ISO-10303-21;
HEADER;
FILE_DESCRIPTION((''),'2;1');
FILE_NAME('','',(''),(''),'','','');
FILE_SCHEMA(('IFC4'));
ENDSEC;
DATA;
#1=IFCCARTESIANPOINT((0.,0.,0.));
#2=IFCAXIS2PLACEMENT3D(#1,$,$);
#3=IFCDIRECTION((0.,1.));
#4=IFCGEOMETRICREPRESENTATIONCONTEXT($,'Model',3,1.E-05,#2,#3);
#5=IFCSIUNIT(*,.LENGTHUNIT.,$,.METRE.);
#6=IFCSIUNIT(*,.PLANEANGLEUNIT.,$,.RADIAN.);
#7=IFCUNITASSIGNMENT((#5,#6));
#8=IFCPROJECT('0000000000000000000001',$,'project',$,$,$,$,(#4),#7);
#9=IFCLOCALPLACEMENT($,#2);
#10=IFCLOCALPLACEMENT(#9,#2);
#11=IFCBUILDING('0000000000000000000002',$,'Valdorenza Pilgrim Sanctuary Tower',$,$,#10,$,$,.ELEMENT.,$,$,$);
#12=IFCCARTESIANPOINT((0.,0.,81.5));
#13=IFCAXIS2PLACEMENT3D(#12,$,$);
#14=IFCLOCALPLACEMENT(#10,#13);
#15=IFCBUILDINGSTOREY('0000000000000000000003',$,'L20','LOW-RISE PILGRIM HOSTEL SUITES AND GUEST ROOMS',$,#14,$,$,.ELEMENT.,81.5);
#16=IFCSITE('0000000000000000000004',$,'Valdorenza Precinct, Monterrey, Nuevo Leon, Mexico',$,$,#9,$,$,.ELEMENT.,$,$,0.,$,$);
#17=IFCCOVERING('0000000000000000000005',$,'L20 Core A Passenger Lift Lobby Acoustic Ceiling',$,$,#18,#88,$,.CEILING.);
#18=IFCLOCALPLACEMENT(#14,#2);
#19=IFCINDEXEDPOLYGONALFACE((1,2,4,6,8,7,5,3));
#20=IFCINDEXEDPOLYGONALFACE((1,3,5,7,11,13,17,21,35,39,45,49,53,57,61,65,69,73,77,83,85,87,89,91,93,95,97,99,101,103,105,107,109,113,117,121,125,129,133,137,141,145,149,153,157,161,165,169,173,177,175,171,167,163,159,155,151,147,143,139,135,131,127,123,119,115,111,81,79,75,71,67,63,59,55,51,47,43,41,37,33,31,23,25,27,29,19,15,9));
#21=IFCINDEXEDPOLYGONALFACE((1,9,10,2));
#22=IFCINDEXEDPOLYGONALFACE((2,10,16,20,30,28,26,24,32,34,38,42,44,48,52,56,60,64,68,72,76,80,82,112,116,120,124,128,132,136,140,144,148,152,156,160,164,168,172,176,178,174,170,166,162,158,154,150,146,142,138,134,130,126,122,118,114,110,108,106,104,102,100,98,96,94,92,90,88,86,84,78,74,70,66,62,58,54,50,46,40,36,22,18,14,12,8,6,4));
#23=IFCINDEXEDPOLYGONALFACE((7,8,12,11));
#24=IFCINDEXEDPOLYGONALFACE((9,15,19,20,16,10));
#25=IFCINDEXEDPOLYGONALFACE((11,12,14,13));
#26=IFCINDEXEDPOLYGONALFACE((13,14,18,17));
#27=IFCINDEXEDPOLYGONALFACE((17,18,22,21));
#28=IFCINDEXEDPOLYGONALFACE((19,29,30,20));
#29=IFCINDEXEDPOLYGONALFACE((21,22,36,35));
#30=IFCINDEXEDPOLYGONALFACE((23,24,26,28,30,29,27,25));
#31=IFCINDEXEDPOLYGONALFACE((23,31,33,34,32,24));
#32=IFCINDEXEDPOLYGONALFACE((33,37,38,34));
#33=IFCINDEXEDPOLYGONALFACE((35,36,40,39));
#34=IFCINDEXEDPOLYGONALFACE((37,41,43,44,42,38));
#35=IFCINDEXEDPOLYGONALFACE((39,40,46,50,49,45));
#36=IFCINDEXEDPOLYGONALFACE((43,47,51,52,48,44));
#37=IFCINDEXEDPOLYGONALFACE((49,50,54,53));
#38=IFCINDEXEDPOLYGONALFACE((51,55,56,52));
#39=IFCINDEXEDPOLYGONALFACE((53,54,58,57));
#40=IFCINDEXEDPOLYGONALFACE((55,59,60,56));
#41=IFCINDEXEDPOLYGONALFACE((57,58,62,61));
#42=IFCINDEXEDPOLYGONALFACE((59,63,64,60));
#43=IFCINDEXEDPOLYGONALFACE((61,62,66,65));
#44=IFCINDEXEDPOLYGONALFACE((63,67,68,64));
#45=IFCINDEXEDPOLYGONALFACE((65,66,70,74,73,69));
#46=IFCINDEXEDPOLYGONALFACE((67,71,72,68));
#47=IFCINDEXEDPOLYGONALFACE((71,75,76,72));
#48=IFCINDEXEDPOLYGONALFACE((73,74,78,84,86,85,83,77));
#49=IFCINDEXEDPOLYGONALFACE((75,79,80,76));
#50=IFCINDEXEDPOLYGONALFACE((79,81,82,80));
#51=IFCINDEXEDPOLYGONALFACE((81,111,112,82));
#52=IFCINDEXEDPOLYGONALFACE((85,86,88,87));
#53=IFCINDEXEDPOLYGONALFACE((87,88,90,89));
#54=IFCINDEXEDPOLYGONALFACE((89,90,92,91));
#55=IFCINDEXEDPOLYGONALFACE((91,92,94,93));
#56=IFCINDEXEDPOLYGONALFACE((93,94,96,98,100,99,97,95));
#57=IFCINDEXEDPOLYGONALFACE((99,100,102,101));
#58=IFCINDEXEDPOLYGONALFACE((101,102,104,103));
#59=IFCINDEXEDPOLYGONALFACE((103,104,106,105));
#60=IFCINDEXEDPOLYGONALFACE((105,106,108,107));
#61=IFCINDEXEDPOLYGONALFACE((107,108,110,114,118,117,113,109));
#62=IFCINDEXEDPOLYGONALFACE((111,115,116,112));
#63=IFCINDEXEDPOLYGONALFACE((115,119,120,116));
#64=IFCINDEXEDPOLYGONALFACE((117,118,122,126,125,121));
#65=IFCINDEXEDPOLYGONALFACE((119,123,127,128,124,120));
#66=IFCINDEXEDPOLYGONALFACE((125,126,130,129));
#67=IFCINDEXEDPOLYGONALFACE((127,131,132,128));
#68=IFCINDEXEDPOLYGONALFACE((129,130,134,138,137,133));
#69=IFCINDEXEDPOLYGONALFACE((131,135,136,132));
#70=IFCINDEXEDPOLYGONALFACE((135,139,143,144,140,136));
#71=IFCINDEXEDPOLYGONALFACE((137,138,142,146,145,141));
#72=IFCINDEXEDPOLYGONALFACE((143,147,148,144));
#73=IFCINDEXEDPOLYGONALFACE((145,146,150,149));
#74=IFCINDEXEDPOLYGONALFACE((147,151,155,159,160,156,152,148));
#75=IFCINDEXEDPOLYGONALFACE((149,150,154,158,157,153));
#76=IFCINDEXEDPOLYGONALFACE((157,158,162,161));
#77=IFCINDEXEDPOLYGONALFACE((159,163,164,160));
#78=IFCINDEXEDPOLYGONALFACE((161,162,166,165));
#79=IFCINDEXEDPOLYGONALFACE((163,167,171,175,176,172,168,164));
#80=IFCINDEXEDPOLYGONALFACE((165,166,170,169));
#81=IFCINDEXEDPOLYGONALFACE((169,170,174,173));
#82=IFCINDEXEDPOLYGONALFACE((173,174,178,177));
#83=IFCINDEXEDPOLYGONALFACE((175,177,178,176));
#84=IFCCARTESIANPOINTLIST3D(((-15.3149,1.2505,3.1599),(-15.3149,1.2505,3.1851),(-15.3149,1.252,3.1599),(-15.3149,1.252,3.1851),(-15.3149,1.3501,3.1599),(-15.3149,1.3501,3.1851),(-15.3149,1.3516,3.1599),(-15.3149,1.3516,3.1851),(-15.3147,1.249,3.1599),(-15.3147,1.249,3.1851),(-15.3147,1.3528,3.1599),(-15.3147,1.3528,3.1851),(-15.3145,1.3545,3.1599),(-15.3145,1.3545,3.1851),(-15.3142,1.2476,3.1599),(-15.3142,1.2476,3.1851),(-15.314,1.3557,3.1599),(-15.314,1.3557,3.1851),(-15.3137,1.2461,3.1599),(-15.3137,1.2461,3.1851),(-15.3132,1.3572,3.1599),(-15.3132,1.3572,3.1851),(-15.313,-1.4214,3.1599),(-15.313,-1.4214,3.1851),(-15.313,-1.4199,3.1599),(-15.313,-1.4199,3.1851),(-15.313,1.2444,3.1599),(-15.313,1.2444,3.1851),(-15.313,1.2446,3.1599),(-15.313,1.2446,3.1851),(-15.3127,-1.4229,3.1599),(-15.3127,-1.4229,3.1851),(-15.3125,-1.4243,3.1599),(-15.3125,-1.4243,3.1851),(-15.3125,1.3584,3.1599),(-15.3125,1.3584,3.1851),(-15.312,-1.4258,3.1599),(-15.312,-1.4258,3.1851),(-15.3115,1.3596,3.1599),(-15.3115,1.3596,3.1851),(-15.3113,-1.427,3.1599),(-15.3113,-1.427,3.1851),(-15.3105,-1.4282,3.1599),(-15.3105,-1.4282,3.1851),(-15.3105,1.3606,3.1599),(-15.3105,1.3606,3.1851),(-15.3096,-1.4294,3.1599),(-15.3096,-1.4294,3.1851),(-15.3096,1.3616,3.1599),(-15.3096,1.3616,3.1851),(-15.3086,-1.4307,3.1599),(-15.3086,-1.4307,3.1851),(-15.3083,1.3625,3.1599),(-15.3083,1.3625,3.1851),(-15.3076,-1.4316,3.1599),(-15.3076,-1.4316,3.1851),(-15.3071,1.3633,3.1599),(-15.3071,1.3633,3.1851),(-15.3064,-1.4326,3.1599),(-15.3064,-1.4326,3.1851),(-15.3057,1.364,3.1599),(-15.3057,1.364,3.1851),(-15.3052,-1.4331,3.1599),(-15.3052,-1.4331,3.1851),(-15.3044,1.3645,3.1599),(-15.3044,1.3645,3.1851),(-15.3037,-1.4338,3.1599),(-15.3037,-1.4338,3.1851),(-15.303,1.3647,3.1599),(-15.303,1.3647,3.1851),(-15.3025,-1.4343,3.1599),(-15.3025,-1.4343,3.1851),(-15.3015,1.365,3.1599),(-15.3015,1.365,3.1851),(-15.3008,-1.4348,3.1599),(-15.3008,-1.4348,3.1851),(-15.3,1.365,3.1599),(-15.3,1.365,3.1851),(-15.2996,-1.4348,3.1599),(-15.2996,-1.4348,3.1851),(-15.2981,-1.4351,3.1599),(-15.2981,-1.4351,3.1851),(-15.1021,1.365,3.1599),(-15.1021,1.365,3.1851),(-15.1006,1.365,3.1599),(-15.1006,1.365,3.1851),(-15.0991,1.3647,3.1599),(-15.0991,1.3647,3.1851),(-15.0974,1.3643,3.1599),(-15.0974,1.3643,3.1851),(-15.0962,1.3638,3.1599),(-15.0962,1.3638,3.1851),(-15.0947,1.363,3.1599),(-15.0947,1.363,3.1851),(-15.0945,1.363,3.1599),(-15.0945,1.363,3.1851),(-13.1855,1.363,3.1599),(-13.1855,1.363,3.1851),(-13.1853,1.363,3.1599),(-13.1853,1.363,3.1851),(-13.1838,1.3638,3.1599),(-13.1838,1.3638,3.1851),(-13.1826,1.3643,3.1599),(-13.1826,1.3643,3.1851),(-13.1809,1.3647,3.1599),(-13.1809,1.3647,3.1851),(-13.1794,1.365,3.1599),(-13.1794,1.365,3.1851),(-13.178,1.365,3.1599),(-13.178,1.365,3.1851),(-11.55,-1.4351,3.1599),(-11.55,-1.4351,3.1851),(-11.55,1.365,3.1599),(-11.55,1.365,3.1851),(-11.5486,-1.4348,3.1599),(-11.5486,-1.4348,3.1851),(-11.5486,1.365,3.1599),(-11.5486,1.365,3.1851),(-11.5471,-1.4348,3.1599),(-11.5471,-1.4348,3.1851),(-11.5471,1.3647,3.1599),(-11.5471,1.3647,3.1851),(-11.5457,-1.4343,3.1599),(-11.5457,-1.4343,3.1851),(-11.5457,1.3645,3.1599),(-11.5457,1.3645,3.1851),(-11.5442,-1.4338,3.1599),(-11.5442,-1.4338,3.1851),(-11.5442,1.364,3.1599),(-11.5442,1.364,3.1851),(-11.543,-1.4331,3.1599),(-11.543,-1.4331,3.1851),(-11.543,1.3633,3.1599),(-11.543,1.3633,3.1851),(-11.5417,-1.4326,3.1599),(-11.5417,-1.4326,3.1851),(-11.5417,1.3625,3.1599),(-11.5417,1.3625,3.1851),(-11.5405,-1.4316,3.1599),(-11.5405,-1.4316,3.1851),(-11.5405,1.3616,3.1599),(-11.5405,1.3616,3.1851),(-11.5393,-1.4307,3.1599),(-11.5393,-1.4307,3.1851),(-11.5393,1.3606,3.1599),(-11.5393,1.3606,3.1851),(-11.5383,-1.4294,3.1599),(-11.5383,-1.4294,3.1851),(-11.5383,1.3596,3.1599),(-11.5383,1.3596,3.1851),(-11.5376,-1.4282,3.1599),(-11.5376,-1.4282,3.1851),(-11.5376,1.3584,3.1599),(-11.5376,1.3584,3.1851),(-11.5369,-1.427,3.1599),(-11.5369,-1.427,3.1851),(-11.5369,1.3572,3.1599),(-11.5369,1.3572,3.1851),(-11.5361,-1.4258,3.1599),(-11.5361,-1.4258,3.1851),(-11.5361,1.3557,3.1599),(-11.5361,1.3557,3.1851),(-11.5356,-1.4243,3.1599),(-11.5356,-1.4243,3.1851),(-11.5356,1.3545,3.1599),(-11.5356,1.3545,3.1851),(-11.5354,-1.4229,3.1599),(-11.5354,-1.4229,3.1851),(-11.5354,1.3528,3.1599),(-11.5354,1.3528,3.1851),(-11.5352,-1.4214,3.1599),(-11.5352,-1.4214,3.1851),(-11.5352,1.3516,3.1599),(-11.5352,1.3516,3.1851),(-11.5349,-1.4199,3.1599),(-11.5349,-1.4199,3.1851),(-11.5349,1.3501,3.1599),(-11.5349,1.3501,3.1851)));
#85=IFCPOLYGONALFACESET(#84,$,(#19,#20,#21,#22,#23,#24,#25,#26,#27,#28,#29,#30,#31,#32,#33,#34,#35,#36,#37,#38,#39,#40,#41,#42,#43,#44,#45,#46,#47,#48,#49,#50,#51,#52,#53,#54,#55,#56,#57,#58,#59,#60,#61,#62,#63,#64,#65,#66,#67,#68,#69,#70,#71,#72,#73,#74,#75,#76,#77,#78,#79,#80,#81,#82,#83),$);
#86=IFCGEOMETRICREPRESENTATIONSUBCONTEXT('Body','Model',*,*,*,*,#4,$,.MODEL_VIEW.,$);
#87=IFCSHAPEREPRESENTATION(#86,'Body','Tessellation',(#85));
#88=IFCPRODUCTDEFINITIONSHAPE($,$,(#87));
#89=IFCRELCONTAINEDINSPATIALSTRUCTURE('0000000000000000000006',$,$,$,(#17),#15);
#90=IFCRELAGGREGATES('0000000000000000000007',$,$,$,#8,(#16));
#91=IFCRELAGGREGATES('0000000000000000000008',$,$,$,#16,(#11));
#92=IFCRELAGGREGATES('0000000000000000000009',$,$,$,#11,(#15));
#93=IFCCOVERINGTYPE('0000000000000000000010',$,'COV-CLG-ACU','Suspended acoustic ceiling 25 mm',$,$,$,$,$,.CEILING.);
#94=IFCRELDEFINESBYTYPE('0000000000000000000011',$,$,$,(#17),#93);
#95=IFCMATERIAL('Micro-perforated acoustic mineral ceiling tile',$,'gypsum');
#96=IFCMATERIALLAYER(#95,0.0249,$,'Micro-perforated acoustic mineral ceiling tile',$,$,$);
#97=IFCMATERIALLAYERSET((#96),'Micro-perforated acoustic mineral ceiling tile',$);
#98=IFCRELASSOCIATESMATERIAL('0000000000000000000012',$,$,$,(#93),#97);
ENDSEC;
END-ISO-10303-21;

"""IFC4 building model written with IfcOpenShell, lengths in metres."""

from ifc_helpers import new_model, si_unit, direction, frame, origin, place, context, subcontext, project, spatial, polyline, outline, extrude, material, layer, layer_set, type_object, element, save


model = new_model("IFC4")

# Units and contexts
model_context = context("Model", 3, precision=1e-05, world=origin(), true_north=direction((0.0, 1.0)))
body_context = subcontext(model_context, "Body", "Model", "MODEL_VIEW")
ifc_project = project(units=[si_unit("LENGTHUNIT", "METRE"), si_unit("PLANEANGLEUNIT", "RADIAN")], contexts=[model_context])

# Site, building, storey
site_placement = place(None, origin())
site = spatial("IfcSite", under=ifc_project, at=site_placement, Name="Valdorenza Precinct, Monterrey, Nuevo Leon, Mexico", CompositionType="ELEMENT", RefElevation=0.0)
building_placement = place(site_placement, origin())
building = spatial("IfcBuilding", under=site, at=building_placement, Name="Valdorenza Pilgrim Sanctuary Tower", CompositionType="ELEMENT")
storey_placement = place(building_placement, frame((0.0, 0.0, 81.5)))
storey = spatial("IfcBuildingStorey", under=building, at=storey_placement, Name="L20", Description="LOW-RISE PILGRIM HOSTEL SUITES AND GUEST ROOMS", CompositionType="ELEMENT", Elevation=81.5)

# Covering
ifc_material_1 = material(Name="Micro-perforated acoustic mineral ceiling tile", Category="gypsum")
ifc_layer_1 = layer(ifc_material_1, 0.0249, Name="Micro-perforated acoustic mineral ceiling tile")
ifc_layer_set_1 = layer_set([ifc_layer_1], Name="Micro-perforated acoustic mineral ceiling tile")
covering_type_1 = type_object("IfcCoveringType", Name="COV-CLG-ACU", Description="Suspended acoustic ceiling 25 mm", PredefinedType="CEILING", material=ifc_layer_set_1)
covering_1_placement = place(storey_placement, frame((0.0, 0.0, 3.1599)))
element("IfcCovering", 1, at=covering_1_placement, inside=storey, type_object=covering_type_1, Name="L20 Core A Passenger Lift Lobby Acoustic Ceiling", PredefinedType="CEILING", context=body_context, shape_type="SweptSolid", body=[
    extrude(outline(polyline([(-15.313, 1.2444), (-15.313, 1.2446), (-15.3137, 1.2461), (-15.3142, 1.2476), (-15.3147, 1.249), (-15.3149, 1.2505), (-15.3149, 1.252), (-15.3149, 1.3501), (-15.3149, 1.3516), (-15.3147, 1.3528), (-15.3145, 1.3545), (-15.314, 1.3557), (-15.3132, 1.3572), (-15.3125, 1.3584), (-15.3115, 1.3596), (-15.3105, 1.3606), (-15.3096, 1.3616), (-15.3083, 1.3625), (-15.3071, 1.3633), (-15.3057, 1.364), (-15.3044, 1.3645), (-15.303, 1.3647), (-15.3015, 1.365), (-15.3, 1.365), (-15.1021, 1.365), (-15.1006, 1.365), (-15.0991, 1.3647), (-15.0974, 1.3643), (-15.0962, 1.3638), (-15.0947, 1.363), (-15.0945, 1.363), (-13.1855, 1.363), (-13.1853, 1.363), (-13.1838, 1.3638), (-13.1826, 1.3643), (-13.1809, 1.3647), (-13.1794, 1.365), (-13.178, 1.365), (-11.55, 1.365), (-11.5486, 1.365), (-11.5471, 1.3647), (-11.5457, 1.3645), (-11.5442, 1.364), (-11.543, 1.3633), (-11.5417, 1.3625), (-11.5405, 1.3616), (-11.5393, 1.3606), (-11.5383, 1.3596), (-11.5376, 1.3584), (-11.5369, 1.3572), (-11.5361, 1.3557), (-11.5356, 1.3545), (-11.5354, 1.3528), (-11.5352, 1.3516), (-11.5349, 1.3501), (-11.5349, -1.4199), (-11.5352, -1.4214), (-11.5354, -1.4229), (-11.5356, -1.4243), (-11.5361, -1.4258), (-11.5369, -1.427), (-11.5376, -1.4282), (-11.5383, -1.4294), (-11.5393, -1.4307), (-11.5405, -1.4316), (-11.5417, -1.4326), (-11.543, -1.4331), (-11.5442, -1.4338), (-11.5457, -1.4343), (-11.5471, -1.4348), (-11.5486, -1.4348), (-11.55, -1.4351), (-15.2981, -1.4351), (-15.2996, -1.4348), (-15.3008, -1.4348), (-15.3025, -1.4343), (-15.3037, -1.4338), (-15.3052, -1.4331), (-15.3064, -1.4326), (-15.3076, -1.4316), (-15.3086, -1.4307), (-15.3096, -1.4294), (-15.3105, -1.4282), (-15.3113, -1.427), (-15.312, -1.4258), (-15.3125, -1.4243), (-15.3127, -1.4229), (-15.313, -1.4214), (-15.313, -1.4199), (-15.313, 1.2444)])), origin(), (0.0, 0.0, 1.0), 0.0251),
])

save(model, "model.ifc")
